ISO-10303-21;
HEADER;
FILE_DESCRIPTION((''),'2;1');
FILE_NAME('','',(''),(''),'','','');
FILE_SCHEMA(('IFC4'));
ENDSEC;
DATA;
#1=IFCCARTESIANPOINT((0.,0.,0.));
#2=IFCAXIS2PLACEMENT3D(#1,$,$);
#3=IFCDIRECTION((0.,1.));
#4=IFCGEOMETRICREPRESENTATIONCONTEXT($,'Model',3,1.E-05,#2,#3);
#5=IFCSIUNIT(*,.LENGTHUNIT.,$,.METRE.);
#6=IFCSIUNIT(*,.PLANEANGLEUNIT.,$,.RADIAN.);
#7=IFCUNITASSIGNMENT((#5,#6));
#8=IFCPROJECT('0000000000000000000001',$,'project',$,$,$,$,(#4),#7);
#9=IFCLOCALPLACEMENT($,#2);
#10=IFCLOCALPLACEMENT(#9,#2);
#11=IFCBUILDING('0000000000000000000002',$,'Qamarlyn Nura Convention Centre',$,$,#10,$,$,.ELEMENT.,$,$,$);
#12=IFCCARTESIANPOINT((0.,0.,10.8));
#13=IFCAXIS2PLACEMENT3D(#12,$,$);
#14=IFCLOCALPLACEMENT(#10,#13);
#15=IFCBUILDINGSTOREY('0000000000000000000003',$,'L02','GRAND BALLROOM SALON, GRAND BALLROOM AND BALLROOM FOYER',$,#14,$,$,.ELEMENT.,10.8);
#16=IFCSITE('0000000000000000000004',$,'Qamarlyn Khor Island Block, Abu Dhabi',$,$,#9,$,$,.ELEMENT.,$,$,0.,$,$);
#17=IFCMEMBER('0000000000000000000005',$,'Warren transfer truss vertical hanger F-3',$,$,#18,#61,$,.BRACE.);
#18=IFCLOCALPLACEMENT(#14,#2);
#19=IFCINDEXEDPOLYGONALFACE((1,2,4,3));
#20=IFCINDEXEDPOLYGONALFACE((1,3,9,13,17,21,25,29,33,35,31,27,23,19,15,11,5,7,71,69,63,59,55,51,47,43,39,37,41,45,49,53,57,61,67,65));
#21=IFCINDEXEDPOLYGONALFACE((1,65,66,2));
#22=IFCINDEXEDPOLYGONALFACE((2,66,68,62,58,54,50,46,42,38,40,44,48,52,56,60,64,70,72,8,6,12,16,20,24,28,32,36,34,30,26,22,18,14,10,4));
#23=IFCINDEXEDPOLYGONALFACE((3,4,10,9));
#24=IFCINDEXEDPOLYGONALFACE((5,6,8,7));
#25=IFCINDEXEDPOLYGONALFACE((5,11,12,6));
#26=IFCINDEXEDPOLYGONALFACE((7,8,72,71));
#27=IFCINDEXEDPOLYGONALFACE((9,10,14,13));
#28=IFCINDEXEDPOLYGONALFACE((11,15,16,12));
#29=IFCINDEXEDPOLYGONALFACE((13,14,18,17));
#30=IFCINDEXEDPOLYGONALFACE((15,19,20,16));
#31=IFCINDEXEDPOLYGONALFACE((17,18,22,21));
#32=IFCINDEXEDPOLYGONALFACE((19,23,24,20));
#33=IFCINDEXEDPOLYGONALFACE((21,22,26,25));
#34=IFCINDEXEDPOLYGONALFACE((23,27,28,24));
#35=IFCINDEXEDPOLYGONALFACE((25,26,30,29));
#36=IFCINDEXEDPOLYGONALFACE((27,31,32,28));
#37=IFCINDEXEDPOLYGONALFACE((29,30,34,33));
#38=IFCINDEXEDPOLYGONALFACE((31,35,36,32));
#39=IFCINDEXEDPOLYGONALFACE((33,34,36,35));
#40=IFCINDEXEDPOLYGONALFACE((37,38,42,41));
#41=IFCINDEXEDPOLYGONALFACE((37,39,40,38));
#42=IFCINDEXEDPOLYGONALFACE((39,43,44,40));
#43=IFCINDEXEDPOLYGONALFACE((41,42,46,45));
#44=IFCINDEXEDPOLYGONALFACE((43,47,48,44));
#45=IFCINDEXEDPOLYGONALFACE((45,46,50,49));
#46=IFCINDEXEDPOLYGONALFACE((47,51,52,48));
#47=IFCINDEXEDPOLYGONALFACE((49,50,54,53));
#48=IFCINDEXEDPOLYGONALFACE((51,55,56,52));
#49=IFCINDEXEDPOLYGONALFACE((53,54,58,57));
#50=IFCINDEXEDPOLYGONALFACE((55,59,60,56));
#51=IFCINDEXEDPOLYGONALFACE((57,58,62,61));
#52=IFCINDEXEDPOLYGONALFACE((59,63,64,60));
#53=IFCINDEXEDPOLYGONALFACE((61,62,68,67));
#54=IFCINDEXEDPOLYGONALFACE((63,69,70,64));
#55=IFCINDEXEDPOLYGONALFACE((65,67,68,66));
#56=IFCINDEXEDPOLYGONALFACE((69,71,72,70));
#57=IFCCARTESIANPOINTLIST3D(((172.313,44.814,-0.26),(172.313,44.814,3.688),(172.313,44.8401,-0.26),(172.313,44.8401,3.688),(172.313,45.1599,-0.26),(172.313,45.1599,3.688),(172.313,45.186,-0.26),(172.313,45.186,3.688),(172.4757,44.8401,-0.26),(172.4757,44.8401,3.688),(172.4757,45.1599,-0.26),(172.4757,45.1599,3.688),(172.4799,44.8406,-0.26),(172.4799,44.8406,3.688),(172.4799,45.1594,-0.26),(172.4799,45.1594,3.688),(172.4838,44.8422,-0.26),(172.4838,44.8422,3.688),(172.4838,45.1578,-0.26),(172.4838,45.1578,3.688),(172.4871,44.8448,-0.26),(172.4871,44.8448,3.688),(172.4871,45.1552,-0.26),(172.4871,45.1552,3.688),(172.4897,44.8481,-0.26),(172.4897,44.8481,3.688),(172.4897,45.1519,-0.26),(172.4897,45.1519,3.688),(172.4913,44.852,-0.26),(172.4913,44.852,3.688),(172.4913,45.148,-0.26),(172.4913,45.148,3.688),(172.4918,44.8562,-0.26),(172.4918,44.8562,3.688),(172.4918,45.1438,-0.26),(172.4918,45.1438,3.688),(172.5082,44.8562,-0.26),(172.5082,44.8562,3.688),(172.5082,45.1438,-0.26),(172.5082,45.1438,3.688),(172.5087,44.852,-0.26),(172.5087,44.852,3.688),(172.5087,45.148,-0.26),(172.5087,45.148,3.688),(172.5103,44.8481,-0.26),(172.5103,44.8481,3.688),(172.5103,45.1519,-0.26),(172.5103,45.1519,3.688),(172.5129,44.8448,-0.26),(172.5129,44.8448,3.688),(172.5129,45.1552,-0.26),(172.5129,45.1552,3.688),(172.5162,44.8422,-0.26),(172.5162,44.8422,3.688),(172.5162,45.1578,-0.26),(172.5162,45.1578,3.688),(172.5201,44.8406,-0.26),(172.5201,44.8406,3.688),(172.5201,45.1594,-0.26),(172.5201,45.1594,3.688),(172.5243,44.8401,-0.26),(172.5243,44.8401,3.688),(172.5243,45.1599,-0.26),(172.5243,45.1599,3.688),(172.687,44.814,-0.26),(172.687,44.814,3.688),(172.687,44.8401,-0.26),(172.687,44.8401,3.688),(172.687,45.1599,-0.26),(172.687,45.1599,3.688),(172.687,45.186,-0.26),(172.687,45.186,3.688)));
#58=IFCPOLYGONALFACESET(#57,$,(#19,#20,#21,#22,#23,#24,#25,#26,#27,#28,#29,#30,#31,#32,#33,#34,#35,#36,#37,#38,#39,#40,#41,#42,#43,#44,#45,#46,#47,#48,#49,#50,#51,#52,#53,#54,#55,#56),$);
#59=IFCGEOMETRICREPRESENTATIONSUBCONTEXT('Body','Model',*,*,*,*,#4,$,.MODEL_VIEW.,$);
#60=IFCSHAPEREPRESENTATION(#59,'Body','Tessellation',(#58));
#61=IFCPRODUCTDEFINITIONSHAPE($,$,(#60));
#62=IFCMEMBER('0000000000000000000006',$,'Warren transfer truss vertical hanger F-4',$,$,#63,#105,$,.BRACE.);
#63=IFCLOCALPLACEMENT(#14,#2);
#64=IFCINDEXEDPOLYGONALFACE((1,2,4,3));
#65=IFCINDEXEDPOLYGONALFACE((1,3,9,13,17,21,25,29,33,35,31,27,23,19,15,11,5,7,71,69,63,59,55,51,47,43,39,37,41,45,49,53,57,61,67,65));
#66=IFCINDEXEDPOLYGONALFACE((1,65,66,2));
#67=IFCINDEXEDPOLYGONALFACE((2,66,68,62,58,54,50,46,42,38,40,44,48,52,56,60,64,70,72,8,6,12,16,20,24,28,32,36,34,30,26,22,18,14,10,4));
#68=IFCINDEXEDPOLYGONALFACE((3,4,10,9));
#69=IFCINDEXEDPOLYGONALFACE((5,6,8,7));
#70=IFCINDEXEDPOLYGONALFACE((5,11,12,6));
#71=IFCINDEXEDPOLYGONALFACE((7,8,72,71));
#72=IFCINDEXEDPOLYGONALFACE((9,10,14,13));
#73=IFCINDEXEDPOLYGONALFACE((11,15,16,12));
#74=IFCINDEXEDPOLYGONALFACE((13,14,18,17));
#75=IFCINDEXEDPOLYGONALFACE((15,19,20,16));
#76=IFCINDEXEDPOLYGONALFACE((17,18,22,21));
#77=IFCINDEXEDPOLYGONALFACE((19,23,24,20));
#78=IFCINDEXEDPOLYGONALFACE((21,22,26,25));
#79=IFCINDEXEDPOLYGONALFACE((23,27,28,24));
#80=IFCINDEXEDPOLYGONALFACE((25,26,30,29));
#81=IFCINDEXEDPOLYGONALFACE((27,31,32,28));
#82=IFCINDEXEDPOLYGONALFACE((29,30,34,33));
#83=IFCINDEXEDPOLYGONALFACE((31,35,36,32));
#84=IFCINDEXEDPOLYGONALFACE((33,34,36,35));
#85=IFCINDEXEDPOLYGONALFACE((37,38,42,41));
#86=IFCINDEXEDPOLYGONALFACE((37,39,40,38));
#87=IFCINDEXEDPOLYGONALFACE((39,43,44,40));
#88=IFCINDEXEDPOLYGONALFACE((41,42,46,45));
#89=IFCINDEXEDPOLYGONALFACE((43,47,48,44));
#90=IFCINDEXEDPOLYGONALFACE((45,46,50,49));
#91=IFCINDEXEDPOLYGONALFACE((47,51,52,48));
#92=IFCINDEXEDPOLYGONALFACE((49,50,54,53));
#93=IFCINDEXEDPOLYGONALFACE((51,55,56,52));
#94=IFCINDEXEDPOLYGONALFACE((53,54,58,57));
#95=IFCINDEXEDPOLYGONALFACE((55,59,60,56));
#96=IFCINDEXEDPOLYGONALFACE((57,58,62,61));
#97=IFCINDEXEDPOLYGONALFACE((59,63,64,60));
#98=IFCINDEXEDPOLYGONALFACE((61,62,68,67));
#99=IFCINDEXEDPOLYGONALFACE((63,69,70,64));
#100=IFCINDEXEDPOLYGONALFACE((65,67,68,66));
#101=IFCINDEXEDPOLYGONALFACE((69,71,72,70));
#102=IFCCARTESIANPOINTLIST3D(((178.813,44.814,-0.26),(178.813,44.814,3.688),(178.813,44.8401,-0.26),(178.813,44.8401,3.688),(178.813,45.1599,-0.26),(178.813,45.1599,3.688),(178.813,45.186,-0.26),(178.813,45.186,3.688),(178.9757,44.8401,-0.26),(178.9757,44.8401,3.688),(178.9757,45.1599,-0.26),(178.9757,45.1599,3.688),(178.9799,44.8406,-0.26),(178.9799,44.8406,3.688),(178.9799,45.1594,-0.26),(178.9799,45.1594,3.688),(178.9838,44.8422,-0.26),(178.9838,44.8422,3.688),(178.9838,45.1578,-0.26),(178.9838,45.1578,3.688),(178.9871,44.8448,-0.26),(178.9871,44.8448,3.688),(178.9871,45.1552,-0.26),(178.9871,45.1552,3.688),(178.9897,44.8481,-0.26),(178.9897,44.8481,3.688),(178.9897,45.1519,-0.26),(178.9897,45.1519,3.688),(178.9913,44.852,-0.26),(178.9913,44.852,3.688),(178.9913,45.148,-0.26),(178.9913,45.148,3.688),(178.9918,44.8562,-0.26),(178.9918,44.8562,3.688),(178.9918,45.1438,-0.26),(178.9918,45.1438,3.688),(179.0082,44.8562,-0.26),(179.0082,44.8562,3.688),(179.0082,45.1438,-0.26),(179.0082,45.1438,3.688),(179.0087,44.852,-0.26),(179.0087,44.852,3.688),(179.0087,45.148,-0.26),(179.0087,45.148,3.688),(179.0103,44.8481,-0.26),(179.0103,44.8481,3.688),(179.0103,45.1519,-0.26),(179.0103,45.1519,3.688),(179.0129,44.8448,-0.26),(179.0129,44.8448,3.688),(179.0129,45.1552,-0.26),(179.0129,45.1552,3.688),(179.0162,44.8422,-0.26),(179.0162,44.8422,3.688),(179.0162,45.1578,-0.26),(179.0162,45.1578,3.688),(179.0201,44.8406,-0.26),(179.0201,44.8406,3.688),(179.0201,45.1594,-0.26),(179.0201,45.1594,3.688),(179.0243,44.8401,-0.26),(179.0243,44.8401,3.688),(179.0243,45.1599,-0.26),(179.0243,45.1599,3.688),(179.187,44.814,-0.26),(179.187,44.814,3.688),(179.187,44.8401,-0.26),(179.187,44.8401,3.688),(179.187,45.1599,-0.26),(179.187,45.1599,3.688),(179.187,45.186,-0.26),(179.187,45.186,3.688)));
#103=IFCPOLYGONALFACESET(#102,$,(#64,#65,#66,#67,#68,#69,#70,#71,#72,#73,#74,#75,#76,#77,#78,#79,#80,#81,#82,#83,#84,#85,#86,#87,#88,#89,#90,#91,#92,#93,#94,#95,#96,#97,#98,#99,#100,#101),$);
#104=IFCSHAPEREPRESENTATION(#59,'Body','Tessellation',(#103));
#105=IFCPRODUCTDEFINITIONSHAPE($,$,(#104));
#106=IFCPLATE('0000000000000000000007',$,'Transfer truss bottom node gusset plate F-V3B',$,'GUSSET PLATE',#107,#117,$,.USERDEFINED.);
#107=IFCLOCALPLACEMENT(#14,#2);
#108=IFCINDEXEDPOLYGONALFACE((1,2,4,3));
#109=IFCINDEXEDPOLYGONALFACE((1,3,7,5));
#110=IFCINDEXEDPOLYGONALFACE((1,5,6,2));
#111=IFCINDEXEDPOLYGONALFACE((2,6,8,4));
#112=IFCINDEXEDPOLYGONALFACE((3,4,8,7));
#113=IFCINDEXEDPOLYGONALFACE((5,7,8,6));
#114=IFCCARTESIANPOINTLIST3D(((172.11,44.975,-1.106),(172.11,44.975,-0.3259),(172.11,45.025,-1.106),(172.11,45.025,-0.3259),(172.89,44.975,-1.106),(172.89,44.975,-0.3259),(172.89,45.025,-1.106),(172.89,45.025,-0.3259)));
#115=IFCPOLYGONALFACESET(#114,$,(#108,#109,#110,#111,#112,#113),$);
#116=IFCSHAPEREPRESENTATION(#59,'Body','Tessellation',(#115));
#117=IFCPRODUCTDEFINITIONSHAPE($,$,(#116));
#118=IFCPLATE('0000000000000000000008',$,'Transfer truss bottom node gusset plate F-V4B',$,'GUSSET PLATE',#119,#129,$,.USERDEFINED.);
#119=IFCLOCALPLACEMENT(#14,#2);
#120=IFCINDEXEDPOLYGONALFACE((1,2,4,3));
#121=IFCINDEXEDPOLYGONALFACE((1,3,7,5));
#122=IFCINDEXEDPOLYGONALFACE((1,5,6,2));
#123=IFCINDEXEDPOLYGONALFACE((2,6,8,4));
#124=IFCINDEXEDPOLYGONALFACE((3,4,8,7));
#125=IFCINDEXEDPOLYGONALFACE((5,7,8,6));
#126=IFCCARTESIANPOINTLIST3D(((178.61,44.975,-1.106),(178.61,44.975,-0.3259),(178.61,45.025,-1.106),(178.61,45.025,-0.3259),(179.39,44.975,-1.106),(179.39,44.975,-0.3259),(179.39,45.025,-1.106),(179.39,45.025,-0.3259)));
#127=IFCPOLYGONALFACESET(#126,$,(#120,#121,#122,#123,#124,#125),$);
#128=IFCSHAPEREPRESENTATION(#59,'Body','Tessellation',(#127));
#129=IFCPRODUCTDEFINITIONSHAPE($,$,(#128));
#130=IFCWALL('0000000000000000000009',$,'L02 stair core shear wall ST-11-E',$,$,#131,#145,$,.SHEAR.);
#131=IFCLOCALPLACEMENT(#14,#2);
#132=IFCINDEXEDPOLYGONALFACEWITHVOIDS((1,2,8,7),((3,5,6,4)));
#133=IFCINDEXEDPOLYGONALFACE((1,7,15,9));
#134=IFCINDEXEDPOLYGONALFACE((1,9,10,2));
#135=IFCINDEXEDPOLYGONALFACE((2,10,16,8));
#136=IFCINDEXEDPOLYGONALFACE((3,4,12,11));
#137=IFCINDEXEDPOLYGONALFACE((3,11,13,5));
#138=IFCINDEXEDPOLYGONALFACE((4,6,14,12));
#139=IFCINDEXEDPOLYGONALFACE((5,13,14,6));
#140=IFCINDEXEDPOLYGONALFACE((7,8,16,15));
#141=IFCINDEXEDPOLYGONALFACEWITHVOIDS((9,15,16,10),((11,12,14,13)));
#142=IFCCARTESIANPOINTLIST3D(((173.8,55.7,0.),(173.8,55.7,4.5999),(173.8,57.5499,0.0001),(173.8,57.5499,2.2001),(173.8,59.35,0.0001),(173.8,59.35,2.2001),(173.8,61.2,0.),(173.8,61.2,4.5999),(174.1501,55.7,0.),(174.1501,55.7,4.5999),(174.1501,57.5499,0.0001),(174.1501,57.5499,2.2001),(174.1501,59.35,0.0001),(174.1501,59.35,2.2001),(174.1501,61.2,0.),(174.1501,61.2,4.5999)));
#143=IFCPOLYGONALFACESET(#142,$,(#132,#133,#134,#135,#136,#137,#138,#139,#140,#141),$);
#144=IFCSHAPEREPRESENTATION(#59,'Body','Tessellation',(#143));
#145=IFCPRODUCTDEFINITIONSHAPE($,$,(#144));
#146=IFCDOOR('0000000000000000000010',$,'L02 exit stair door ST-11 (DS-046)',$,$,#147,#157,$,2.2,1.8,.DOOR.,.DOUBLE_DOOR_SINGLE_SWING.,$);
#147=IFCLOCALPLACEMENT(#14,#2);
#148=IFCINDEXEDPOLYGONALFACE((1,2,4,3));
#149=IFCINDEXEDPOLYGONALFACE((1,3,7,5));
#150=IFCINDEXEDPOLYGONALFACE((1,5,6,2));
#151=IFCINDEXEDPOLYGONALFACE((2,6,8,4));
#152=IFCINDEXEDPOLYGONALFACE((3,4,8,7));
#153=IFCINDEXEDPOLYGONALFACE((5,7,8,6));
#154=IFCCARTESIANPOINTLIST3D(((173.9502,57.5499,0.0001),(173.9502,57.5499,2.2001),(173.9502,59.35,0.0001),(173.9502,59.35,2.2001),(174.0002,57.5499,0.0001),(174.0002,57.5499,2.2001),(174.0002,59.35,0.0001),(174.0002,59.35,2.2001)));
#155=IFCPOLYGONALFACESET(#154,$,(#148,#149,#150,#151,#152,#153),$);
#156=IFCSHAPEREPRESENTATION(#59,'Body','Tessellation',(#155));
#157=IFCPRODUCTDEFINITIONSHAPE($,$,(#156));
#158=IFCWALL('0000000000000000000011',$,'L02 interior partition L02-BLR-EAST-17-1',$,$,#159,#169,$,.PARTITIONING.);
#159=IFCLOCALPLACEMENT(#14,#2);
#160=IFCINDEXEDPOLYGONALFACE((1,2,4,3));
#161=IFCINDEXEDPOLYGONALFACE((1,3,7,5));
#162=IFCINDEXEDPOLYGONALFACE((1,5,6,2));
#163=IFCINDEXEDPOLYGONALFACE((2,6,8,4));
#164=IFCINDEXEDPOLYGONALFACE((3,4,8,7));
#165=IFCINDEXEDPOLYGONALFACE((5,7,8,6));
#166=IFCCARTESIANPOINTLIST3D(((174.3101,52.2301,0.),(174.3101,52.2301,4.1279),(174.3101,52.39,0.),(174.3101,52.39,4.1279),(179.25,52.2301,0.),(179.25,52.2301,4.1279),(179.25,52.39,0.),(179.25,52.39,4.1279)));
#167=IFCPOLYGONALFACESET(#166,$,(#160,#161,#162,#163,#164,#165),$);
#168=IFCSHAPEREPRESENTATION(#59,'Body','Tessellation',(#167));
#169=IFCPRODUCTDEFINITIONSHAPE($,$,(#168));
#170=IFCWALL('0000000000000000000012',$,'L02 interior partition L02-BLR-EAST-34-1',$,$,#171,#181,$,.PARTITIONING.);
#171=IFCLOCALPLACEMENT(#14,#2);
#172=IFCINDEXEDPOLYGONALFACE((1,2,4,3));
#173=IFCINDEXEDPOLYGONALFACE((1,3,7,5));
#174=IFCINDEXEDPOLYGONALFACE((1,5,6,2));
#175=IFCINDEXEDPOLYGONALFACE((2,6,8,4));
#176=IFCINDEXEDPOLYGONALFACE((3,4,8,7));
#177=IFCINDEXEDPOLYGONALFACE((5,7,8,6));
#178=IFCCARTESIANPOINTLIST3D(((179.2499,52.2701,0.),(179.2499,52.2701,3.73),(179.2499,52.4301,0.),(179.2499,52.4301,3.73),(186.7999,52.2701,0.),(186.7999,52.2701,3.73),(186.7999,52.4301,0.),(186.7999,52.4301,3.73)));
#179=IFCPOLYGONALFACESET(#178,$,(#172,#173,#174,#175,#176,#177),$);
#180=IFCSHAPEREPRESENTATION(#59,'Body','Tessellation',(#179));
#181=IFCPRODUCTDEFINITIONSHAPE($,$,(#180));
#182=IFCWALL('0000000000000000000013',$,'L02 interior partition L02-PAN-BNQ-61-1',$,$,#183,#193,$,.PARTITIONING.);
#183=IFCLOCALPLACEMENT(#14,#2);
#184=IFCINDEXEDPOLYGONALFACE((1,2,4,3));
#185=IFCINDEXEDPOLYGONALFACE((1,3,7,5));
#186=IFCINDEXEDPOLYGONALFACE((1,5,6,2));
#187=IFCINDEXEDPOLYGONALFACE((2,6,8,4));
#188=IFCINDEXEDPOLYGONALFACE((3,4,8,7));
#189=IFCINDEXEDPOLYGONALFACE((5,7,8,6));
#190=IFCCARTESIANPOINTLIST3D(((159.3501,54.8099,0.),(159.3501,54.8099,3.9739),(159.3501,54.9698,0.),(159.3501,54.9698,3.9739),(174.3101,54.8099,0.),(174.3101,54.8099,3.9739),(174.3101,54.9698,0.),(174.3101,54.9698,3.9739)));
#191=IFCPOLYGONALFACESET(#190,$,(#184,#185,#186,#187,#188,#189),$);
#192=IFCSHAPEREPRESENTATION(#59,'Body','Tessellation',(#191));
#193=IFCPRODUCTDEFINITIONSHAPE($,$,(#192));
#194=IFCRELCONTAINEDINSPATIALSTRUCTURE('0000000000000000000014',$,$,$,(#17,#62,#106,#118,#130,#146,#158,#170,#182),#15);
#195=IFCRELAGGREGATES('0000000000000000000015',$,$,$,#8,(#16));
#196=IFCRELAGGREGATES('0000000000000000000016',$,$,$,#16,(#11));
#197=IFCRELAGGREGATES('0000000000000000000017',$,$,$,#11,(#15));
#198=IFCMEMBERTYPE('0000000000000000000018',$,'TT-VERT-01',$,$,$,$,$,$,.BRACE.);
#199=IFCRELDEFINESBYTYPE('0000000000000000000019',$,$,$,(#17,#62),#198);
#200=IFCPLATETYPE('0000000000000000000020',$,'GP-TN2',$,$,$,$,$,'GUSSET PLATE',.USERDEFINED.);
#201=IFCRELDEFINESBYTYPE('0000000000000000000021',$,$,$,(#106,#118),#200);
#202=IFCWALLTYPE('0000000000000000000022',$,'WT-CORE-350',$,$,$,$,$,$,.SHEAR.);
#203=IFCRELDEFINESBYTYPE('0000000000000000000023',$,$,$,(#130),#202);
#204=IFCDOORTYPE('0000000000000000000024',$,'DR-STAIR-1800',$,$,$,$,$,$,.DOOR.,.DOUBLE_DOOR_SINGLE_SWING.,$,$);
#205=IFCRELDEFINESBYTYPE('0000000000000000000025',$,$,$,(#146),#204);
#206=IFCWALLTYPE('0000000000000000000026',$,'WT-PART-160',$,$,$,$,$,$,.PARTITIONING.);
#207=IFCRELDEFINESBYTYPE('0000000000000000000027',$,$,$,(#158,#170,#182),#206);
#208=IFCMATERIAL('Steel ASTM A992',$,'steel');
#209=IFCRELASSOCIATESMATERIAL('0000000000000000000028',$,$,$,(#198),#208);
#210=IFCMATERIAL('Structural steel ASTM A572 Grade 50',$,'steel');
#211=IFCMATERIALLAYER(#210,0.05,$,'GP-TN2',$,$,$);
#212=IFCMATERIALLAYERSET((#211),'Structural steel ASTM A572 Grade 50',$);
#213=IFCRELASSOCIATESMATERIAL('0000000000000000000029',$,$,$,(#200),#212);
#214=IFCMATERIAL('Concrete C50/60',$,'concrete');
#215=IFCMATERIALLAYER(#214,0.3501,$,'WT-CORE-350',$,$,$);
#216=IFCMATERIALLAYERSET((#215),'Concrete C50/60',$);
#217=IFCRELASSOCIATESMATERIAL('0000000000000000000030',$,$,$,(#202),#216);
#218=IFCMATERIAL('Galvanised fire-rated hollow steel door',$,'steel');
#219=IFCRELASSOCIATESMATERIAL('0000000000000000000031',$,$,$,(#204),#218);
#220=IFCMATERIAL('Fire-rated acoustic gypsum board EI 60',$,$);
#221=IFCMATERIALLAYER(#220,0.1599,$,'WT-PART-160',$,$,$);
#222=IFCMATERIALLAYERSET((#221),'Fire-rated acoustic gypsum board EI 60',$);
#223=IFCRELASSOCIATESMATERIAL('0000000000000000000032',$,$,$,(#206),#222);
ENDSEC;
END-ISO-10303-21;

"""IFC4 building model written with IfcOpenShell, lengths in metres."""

from ifc_helpers import new_model, si_unit, direction, frame, frame_2d, origin, origin_2d, place, context, subcontext, project, spatial, rectangle, i_section, extrude, material, layer, layer_set, material_profile, profile_set, type_object, element, fill, save


model = new_model("IFC4")

# Units and contexts
model_context = context("Model", 3, precision=1e-05, world=origin(), true_north=direction((0.0, 1.0)))
body_context = subcontext(model_context, "Body", "Model", "MODEL_VIEW")
ifc_project = project(units=[si_unit("LENGTHUNIT", "METRE"), si_unit("PLANEANGLEUNIT", "RADIAN")], contexts=[model_context])

# Site, building, storey
site_placement = place(None, origin())
site = spatial("IfcSite", under=ifc_project, at=site_placement, Name="Qamarlyn Khor Island Block, Abu Dhabi", CompositionType="ELEMENT", RefElevation=0.0)
building_placement = place(site_placement, origin())
building = spatial("IfcBuilding", under=site, at=building_placement, Name="Qamarlyn Nura Convention Centre", CompositionType="ELEMENT")
storey_placement = place(building_placement, frame((0.0, 0.0, 10.8)))
storey = spatial("IfcBuildingStorey", under=building, at=storey_placement, Name="L02", Description="GRAND BALLROOM SALON, GRAND BALLROOM AND BALLROOM FOYER", CompositionType="ELEMENT", Elevation=10.8)

# Shared definitions
ifc_material_1 = material(Name="Steel ASTM A992", Category="steel")

# Members
ifc_material_profile_1 = material_profile(ifc_material_1, i_section(OverallWidth=0.374, OverallDepth=0.3721, WebThickness=0.0164, FlangeThickness=0.0261, FilletRadius=0.0161, at=origin_2d()), Name="W360X196")
ifc_profile_set_1 = profile_set([ifc_material_profile_1], Name="Steel ASTM A992")
member_type_1 = type_object("IfcMemberType", Name="TT-VERT-01", PredefinedType="BRACE", material=ifc_profile_set_1)
for number, where, z_axis, x_axis, name in (
    (1, (172.5, 45.0, -0.26), (0.0, 0.0, 1.0), (1.0, 0.0, 0.0), "Warren transfer truss vertical hanger F-3"),
    (2, (179.0, 45.0, -0.26), (0.0, 0.0, 1.0), (1.0, 0.0, 0.0), "Warren transfer truss vertical hanger F-4"),
):
    element("IfcMember", number, at=place(storey_placement, frame(where, z_axis=z_axis, x_axis=x_axis)), inside=storey, type_object=member_type_1, Name=name, PredefinedType="BRACE", context=body_context, shape_type="SweptSolid", body=[
        extrude(i_section(OverallWidth=0.374, OverallDepth=0.3721, WebThickness=0.0164, FlangeThickness=0.0261, FilletRadius=0.0161, at=origin_2d()), origin(), (0.0, 0.0, 1.0), 3.948),
    ])

# Plates
ifc_material_2 = material(Name="Structural steel ASTM A572 Grade 50", Category="steel")
ifc_layer_1 = layer(ifc_material_2, 0.05, Name="GP-TN2")
ifc_layer_set_1 = layer_set([ifc_layer_1], Name="Structural steel ASTM A572 Grade 50")
plate_type = type_object("IfcPlateType", Name="GP-TN2", ElementType="GUSSET PLATE", PredefinedType="USERDEFINED", material=ifc_layer_set_1)
for number, where, z_axis, x_axis, name in (
    (3, (172.5, 45.0, -1.106), (0.0, 0.0, 1.0), (1.0, 0.0, 0.0), "Transfer truss bottom node gusset plate F-V3B"),
    (4, (179.0, 45.0, -1.106), (0.0, 0.0, 1.0), (1.0, 0.0, 0.0), "Transfer truss bottom node gusset plate F-V4B"),
):
    element("IfcPlate", number, at=place(storey_placement, frame(where, z_axis=z_axis, x_axis=x_axis)), inside=storey, type_object=plate_type, Name=name, ObjectType="GUSSET PLATE", PredefinedType="USERDEFINED", context=body_context, shape_type="SweptSolid", body=[
        extrude(rectangle(XDim=0.78, YDim=0.05, at=origin_2d()), origin(), (0.0, 0.0, 1.0), 0.78),
    ])

# Wall, opening, door
ifc_material_3 = material(Name="Concrete C50/60", Category="concrete")
ifc_layer_2 = layer(ifc_material_3, 0.3501, Name="WT-CORE-350")
ifc_layer_set_2 = layer_set([ifc_layer_2], Name="Concrete C50/60")
wall_type_1 = type_object("IfcWallType", Name="WT-CORE-350", PredefinedType="SHEAR", material=ifc_layer_set_2)
wall_1_placement = place(storey_placement, frame((173.9751, 55.7, 0.0), z_axis=(0.0, 0.0, 1.0), x_axis=(0.0, 1.0, 0.0)))
wall_1 = element("IfcWall", 5, at=wall_1_placement, inside=storey, type_object=wall_type_1, Name="L02 stair core shear wall ST-11-E", PredefinedType="SHEAR", context=body_context, shape_type="SweptSolid", body=[
    extrude(rectangle(XDim=5.5, YDim=0.3501, at=frame_2d((2.75, 0.0))), origin(), (0.0, 0.0, 1.0), 4.5999),
])
opening_1_placement = place(wall_1_placement, frame((1.8501, 0.0, 0.0)))
opening_1 = element("IfcOpeningElement", 6, at=opening_1_placement, cuts=wall_1, PredefinedType="OPENING", context=body_context, shape_type="SweptSolid", body=[
    extrude(rectangle(XDim=1.8, YDim=2.2, at=frame_2d((0.8999, 1.1001))), frame((0.0, 0.1851, 0.0), z_axis=(0.0, -1.0, 0.0), x_axis=(1.0, 0.0, 0.0)), (0.0, 0.0, 1.0), 0.3701),
])
ifc_material_4 = material(Name="Galvanised fire-rated hollow steel door", Category="steel")
door_type_1 = type_object("IfcDoorType", Name="DR-STAIR-1800", OperationType="DOUBLE_DOOR_SINGLE_SWING", PredefinedType="DOOR", material=ifc_material_4)
door_1_placement = place(opening_1_placement, origin())
door_1 = element("IfcDoor", 7, at=door_1_placement, inside=storey, type_object=door_type_1, Name="L02 exit stair door ST-11 (DS-046)", OperationType="DOUBLE_DOOR_SINGLE_SWING", OverallHeight=2.2, OverallWidth=1.8, PredefinedType="DOOR", context=body_context, shape_type="SweptSolid", body=[
    extrude(rectangle(XDim=1.8, YDim=2.2, at=frame_2d((0.8999, 1.1001))), frame((0.0, 0.0249, 0.0), z_axis=(0.0, -1.0, 0.0), x_axis=(1.0, 0.0, 0.0)), (0.0, 0.0, 1.0), 0.05),
])
fill(opening_1, door_1)

# Walls
ifc_material_5 = material(Name="Fire-rated acoustic gypsum board EI 60")
ifc_layer_3 = layer(ifc_material_5, 0.1599, Name="WT-PART-160")
ifc_layer_set_3 = layer_set([ifc_layer_3], Name="Fire-rated acoustic gypsum board EI 60")
wall_type_2 = type_object("IfcWallType", Name="WT-PART-160", PredefinedType="PARTITIONING", material=ifc_layer_set_3)
wall_2_placement = place(storey_placement, frame((174.3101, 52.3101, 0.0), z_axis=(0.0, 0.0, 1.0), x_axis=(1.0, 0.0, 0.0)))
element("IfcWall", 8, at=wall_2_placement, inside=storey, type_object=wall_type_2, Name="L02 interior partition L02-BLR-EAST-17-1", PredefinedType="PARTITIONING", context=body_context, shape_type="SweptSolid", body=[
    extrude(rectangle(XDim=4.9399, YDim=0.1599, at=frame_2d((2.47, 0.0))), origin(), (0.0, 0.0, 1.0), 4.1279),
])
wall_3_placement = place(storey_placement, frame((179.25, 52.3501, 0.0), z_axis=(0.0, 0.0, 1.0), x_axis=(1.0, 0.0, 0.0)))
element("IfcWall", 9, at=wall_3_placement, inside=storey, type_object=wall_type_2, Name="L02 interior partition L02-BLR-EAST-34-1", PredefinedType="PARTITIONING", context=body_context, shape_type="SweptSolid", body=[
    extrude(rectangle(XDim=7.55, YDim=0.1599, at=frame_2d((3.7749, 0.0))), origin(), (0.0, 0.0, 1.0), 3.73),
])
wall_4_placement = place(storey_placement, frame((174.3101, 54.8899, 0.0), z_axis=(0.0, 0.0, 1.0), x_axis=(-1.0, 0.0, 0.0)))
element("IfcWall", 10, at=wall_4_placement, inside=storey, type_object=wall_type_2, Name="L02 interior partition L02-PAN-BNQ-61-1", PredefinedType="PARTITIONING", context=body_context, shape_type="SweptSolid", body=[
    extrude(rectangle(XDim=14.96, YDim=0.1599, at=frame_2d((7.48, 0.0))), origin(), (0.0, 0.0, 1.0), 3.9739),
])

save(model, "model.ifc")
